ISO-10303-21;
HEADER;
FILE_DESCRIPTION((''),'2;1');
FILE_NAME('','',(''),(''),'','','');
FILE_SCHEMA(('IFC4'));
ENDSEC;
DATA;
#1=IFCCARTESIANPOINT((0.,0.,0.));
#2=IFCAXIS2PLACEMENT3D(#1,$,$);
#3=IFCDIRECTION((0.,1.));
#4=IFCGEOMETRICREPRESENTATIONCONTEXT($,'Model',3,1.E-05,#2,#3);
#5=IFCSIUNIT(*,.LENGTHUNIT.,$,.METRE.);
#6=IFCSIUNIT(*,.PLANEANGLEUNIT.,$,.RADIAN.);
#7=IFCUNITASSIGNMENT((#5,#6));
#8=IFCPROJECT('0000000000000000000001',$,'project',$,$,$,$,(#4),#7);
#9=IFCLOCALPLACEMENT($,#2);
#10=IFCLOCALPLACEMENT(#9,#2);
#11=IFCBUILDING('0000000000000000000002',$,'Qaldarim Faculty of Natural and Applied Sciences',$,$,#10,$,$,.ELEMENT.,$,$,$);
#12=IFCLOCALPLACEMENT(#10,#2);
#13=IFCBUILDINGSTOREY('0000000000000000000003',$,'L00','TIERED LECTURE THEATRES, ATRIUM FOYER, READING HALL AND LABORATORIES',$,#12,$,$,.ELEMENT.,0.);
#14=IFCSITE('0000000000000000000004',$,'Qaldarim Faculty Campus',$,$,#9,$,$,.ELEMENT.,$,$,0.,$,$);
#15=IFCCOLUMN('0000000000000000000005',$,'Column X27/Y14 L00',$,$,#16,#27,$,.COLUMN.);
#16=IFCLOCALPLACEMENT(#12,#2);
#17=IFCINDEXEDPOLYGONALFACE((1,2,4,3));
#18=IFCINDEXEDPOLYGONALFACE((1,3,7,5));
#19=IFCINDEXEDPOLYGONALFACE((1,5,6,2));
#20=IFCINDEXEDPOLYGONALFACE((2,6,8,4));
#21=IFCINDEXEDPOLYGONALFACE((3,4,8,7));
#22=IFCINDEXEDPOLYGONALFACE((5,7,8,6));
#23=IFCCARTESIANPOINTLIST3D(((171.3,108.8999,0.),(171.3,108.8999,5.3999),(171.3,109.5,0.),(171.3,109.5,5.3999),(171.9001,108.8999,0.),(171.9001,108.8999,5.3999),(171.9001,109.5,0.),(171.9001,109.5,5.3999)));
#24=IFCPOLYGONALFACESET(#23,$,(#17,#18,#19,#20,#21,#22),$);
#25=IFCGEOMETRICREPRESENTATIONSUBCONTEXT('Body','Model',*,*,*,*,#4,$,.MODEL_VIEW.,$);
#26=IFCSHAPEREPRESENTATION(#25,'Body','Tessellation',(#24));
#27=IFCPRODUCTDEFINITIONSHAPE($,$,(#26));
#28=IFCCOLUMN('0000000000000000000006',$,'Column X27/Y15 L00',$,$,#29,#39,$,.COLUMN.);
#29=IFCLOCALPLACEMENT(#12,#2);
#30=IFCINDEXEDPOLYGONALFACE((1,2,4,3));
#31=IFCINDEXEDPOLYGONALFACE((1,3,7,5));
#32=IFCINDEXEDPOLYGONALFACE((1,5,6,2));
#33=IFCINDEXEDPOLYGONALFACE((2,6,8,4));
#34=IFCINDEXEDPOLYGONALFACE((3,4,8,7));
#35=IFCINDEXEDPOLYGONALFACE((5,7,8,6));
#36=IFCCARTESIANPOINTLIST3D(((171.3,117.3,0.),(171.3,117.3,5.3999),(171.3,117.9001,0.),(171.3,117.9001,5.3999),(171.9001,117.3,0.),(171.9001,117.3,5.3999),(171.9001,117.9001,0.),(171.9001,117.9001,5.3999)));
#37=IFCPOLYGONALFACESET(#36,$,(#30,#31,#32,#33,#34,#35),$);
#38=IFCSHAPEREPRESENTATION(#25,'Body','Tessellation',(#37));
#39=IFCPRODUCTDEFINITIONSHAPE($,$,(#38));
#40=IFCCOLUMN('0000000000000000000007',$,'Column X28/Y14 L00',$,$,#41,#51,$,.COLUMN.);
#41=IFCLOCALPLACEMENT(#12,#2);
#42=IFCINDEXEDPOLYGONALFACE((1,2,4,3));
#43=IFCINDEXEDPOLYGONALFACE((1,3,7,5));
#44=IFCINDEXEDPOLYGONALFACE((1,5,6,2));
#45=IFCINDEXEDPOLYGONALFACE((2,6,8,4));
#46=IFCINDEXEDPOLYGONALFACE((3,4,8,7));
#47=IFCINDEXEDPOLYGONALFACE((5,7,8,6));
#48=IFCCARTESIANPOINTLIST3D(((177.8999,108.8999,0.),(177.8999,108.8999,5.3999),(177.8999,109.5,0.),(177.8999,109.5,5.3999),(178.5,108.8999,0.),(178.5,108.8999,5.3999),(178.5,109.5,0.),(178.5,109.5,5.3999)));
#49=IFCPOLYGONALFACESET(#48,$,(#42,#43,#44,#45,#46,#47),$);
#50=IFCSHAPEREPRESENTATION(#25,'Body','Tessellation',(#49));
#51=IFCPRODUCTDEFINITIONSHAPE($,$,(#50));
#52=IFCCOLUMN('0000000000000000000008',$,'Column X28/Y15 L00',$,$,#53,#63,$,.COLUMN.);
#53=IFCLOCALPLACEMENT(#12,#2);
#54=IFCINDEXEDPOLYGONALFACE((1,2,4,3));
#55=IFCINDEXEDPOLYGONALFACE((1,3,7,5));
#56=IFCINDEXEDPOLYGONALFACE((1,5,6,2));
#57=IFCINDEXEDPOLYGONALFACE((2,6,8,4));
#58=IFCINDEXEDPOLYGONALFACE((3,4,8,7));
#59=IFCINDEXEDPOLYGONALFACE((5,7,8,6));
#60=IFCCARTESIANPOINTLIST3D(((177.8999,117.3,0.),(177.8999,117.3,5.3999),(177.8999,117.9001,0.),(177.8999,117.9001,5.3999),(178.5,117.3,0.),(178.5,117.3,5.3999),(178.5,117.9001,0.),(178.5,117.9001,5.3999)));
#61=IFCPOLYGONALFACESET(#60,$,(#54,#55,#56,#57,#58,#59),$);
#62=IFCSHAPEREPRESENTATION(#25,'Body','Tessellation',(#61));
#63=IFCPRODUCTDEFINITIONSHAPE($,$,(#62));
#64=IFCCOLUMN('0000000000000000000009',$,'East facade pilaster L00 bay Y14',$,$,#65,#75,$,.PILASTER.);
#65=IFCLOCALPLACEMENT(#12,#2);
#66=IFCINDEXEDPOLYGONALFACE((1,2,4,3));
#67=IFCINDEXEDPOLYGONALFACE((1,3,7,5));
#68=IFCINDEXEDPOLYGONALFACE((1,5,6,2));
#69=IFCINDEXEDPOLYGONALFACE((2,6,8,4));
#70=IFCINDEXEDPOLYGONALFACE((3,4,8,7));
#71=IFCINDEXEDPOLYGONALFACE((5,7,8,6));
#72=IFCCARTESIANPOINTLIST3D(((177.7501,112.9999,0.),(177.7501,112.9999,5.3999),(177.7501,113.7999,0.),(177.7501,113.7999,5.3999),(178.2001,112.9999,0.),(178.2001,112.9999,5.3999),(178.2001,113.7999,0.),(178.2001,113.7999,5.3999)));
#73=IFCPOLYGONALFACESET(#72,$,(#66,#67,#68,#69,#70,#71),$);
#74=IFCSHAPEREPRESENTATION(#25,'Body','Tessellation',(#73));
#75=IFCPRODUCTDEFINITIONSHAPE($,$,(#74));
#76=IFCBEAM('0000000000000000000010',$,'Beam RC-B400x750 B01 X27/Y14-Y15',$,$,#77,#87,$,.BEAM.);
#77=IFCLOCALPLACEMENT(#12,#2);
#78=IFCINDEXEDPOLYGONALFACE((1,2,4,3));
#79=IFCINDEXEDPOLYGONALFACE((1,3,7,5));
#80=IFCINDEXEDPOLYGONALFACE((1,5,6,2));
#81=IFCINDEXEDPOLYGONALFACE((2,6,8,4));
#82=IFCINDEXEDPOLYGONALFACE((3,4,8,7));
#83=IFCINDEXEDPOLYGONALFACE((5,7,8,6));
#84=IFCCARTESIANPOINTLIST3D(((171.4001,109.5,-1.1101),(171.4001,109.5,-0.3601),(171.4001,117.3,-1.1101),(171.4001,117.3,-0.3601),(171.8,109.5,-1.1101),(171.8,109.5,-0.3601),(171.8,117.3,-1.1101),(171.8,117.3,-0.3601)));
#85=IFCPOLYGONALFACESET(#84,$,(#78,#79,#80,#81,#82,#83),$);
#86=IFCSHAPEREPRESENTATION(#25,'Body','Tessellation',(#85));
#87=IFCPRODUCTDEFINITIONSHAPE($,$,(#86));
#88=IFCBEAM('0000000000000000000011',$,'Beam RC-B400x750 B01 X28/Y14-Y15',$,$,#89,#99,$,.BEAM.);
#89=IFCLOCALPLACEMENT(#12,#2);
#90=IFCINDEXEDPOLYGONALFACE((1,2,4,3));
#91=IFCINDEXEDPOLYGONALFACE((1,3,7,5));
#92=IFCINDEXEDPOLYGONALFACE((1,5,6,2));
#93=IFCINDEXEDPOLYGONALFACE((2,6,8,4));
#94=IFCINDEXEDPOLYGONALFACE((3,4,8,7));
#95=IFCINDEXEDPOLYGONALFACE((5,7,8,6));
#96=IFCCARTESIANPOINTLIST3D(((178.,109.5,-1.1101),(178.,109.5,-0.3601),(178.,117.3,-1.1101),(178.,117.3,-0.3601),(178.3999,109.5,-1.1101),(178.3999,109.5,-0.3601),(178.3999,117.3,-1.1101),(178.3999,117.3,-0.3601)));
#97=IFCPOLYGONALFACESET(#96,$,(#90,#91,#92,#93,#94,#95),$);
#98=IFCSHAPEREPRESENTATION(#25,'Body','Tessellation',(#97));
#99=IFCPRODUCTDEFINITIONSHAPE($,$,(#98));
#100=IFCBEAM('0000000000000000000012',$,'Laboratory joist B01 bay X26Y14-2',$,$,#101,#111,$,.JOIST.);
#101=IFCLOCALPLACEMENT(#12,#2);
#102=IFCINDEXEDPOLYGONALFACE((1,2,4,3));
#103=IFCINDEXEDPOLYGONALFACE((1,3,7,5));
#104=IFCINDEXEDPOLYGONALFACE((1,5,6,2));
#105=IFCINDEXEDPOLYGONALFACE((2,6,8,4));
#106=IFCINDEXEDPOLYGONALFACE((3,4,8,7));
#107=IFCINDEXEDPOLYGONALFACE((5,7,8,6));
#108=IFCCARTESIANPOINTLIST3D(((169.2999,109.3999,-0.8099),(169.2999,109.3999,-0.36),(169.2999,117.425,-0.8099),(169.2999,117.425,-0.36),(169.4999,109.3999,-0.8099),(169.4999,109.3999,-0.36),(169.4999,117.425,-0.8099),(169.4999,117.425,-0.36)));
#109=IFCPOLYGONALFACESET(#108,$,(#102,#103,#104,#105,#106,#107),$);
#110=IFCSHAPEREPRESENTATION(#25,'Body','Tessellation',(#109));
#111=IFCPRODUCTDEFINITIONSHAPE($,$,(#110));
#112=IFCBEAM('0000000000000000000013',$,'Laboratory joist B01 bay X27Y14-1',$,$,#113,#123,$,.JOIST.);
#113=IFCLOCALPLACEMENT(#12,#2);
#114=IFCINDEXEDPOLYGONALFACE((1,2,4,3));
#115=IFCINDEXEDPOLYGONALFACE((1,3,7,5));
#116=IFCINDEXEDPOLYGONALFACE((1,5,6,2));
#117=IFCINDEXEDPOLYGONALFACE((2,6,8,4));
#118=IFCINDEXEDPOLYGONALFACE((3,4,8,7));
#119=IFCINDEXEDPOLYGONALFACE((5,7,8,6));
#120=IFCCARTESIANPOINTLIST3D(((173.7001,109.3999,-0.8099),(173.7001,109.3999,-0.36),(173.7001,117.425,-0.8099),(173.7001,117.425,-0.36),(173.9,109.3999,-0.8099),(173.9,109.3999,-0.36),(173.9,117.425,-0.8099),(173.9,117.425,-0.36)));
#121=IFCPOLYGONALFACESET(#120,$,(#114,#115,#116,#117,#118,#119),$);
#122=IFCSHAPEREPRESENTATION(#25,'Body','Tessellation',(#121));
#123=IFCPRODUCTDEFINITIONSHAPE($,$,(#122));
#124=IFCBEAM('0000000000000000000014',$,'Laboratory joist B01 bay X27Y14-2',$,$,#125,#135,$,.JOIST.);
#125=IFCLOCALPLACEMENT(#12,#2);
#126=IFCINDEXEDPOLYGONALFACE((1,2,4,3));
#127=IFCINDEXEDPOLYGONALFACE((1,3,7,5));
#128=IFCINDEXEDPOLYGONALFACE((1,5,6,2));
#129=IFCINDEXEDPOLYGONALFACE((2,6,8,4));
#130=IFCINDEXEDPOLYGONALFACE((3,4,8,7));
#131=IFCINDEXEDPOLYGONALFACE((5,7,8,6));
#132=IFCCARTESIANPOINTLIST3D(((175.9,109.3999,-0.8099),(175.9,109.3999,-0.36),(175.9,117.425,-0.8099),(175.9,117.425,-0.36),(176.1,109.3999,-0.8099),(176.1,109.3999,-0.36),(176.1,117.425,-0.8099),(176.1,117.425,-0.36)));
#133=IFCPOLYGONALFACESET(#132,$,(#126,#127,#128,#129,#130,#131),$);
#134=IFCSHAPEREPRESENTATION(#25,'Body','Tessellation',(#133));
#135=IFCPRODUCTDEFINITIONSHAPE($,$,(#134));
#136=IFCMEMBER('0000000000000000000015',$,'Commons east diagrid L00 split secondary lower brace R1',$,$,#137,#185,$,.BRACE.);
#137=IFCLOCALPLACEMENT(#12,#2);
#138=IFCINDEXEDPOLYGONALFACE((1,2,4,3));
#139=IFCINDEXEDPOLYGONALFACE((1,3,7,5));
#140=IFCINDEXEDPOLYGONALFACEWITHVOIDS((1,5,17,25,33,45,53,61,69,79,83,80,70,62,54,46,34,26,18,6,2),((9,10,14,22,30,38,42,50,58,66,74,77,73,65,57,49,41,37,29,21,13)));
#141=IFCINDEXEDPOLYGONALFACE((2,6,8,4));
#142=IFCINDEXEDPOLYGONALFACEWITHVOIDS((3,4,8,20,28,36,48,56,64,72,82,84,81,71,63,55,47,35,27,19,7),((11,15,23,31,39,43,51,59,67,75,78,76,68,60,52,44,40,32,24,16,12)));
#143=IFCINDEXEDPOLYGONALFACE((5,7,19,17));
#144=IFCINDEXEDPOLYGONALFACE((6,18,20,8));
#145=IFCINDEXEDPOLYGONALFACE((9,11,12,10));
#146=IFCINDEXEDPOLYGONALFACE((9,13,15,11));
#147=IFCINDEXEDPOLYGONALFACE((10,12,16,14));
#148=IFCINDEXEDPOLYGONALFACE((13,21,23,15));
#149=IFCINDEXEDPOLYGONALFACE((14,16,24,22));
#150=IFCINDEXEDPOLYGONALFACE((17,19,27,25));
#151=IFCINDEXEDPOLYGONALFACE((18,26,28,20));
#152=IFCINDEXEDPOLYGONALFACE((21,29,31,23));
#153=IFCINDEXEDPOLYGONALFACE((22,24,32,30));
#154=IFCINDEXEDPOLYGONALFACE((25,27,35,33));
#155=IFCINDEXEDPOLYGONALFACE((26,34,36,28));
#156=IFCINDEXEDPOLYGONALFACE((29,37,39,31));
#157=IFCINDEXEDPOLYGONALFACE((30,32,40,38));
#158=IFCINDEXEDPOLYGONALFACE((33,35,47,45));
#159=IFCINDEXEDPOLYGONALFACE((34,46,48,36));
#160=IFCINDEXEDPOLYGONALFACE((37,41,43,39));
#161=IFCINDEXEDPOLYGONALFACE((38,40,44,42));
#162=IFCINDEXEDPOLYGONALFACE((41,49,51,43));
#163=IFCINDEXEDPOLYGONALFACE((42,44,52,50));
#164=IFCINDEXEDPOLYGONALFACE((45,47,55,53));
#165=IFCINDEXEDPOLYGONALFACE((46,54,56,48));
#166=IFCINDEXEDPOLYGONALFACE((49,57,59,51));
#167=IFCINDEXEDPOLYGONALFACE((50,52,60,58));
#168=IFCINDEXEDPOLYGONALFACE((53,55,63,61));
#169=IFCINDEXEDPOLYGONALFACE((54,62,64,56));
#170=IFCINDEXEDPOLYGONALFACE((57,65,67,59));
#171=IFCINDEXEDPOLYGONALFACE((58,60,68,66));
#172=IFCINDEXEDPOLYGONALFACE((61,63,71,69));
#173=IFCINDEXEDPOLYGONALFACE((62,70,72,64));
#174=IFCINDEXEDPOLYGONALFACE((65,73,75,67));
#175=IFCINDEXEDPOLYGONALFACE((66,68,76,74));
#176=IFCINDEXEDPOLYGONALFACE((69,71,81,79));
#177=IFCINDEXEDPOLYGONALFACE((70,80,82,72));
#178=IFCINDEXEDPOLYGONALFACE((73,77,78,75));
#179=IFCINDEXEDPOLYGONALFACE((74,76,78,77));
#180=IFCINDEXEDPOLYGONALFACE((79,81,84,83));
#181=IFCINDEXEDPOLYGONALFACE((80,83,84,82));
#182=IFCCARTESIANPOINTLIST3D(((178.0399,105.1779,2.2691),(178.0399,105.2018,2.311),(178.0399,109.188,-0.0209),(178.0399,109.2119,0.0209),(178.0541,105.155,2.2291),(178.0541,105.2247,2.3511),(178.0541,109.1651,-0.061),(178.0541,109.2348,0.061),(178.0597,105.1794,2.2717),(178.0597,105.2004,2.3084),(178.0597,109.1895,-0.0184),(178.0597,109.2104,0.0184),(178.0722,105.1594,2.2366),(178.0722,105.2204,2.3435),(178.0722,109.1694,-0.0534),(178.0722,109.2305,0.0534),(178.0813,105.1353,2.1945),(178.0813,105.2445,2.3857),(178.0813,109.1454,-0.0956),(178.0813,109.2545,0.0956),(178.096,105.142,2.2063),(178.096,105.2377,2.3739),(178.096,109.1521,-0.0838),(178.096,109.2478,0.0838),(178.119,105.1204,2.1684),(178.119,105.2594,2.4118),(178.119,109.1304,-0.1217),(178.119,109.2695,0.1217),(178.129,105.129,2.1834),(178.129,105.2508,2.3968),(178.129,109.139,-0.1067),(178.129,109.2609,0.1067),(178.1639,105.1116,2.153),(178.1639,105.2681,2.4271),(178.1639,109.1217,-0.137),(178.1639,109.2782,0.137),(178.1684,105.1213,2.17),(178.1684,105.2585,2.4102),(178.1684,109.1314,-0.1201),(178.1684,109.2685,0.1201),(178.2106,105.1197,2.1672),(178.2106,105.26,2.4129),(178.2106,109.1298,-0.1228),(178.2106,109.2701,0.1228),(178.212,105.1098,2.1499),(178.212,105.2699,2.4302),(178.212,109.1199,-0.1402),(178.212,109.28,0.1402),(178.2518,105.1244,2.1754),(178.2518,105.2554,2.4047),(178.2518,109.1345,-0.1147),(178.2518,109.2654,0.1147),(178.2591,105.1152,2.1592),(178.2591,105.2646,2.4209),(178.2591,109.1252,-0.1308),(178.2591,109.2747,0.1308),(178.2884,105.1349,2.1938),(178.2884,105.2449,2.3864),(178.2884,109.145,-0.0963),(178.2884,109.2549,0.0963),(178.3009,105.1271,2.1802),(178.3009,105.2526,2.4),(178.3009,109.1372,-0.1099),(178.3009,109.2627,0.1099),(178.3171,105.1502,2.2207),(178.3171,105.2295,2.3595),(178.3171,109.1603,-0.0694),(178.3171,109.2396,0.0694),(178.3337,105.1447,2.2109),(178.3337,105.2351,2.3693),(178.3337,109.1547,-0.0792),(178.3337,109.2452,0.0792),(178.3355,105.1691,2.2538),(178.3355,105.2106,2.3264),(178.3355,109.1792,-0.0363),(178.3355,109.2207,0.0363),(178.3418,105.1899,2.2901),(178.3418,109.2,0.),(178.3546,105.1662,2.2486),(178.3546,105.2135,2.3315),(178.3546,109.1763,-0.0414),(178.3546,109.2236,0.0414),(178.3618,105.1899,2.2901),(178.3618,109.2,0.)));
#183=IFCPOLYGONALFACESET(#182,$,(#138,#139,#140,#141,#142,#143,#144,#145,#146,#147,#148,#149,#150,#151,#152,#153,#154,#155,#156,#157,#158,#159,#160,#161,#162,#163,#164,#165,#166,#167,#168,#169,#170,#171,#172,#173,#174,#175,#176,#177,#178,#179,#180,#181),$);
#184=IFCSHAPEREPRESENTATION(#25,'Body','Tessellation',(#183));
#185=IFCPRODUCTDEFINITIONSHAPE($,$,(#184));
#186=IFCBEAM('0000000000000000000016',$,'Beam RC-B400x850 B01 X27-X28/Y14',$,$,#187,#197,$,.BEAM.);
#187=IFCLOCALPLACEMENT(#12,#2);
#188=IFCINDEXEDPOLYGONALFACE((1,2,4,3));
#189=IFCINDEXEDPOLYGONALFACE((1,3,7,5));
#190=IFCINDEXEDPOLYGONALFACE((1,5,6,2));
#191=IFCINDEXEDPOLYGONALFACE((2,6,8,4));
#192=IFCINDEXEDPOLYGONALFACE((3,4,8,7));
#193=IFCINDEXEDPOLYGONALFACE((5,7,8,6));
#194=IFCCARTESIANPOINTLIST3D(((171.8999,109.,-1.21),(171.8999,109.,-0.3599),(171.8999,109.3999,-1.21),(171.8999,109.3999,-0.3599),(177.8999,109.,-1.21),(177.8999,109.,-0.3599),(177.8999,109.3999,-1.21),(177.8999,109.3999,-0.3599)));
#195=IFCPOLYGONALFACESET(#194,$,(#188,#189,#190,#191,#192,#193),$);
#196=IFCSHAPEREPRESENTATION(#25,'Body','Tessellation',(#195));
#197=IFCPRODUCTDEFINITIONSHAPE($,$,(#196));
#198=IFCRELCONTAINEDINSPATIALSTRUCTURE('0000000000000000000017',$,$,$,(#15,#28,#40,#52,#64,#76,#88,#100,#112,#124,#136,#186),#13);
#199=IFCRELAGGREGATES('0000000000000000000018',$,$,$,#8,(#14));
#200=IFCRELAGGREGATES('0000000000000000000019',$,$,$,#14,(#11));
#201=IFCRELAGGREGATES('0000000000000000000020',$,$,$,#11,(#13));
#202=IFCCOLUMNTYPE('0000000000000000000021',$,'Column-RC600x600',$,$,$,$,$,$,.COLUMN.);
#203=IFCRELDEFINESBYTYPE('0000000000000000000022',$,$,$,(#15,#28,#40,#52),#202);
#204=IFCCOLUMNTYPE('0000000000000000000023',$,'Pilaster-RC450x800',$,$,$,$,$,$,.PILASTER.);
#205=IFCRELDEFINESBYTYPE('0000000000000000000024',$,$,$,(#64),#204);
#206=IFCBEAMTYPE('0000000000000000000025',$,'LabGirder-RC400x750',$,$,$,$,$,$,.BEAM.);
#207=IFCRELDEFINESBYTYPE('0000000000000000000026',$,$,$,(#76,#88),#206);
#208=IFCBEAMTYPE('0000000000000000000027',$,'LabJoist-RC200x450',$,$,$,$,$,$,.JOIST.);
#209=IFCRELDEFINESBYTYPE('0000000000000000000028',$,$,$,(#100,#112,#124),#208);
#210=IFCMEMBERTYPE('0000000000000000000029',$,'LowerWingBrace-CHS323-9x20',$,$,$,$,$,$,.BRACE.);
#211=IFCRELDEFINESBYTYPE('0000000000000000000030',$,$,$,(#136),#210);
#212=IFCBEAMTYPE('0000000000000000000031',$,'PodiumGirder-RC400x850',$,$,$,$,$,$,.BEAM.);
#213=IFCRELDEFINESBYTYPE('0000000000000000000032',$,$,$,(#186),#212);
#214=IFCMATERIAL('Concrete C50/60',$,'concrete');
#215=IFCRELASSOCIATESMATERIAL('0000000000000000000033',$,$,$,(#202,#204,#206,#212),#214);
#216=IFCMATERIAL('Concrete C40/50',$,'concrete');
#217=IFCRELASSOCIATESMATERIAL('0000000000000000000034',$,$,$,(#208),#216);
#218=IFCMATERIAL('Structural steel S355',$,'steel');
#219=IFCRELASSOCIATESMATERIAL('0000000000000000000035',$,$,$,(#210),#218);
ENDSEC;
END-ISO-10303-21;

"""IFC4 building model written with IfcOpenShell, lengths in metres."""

from ifc_helpers import new_model, si_unit, direction, frame, origin, origin_2d, place, context, subcontext, project, spatial, rectangle, hollow_circle, extrude, material, material_profile, profile_set, type_object, element, save


model = new_model("IFC4")

# Units and contexts
model_context = context("Model", 3, precision=1e-05, world=origin(), true_north=direction((0.0, 1.0)))
body_context = subcontext(model_context, "Body", "Model", "MODEL_VIEW")
ifc_project = project(units=[si_unit("LENGTHUNIT", "METRE"), si_unit("PLANEANGLEUNIT", "RADIAN")], contexts=[model_context])

# Site, building, storey
site_placement = place(None, origin())
site = spatial("IfcSite", under=ifc_project, at=site_placement, Name="Qaldarim Faculty Campus", CompositionType="ELEMENT", RefElevation=0.0)
building_placement = place(site_placement, origin())
building = spatial("IfcBuilding", under=site, at=building_placement, Name="Qaldarim Faculty of Natural and Applied Sciences", CompositionType="ELEMENT")
storey_placement = place(building_placement, origin())
storey = spatial("IfcBuildingStorey", under=building, at=storey_placement, Name="L00", Description="TIERED LECTURE THEATRES, ATRIUM FOYER, READING HALL AND LABORATORIES", CompositionType="ELEMENT", Elevation=0.0)

# Columns
ifc_material_1 = material(Name="Concrete C50/60", Category="concrete")
ifc_material_profile_1 = material_profile(ifc_material_1, rectangle(XDim=0.6001, YDim=0.6001, at=origin_2d()), Name="RC-C600x600")
ifc_profile_set_1 = profile_set([ifc_material_profile_1], Name="Concrete C50/60")
column_type_1 = type_object("IfcColumnType", Name="Column-RC600x600", PredefinedType="COLUMN", material=ifc_profile_set_1)
for number, where, z_axis, x_axis, name in (
    (1, (171.6001, 109.2, 0.0), (0.0, 0.0, 1.0), (1.0, 0.0, 0.0), "Column X27/Y14 L00"),
    (2, (171.6001, 117.6001, 0.0), (0.0, 0.0, 1.0), (1.0, 0.0, 0.0), "Column X27/Y15 L00"),
    (3, (178.2, 109.2, 0.0), (0.0, 0.0, 1.0), (1.0, 0.0, 0.0), "Column X28/Y14 L00"),
    (4, (178.2, 117.6001, 0.0), (0.0, 0.0, 1.0), (1.0, 0.0, 0.0), "Column X28/Y15 L00"),
):
    element("IfcColumn", number, at=place(storey_placement, frame(where, z_axis=z_axis, x_axis=x_axis)), inside=storey, type_object=column_type_1, Name=name, PredefinedType="COLUMN", context=body_context, shape_type="SweptSolid", body=[
        extrude(rectangle(XDim=0.6001, YDim=0.6001, at=origin_2d()), origin(), (0.0, 0.0, 1.0), 5.3999),
    ])
ifc_material_profile_2 = material_profile(ifc_material_1, rectangle(XDim=0.45, YDim=0.8, at=origin_2d()), Name="RC-C450x800")
ifc_profile_set_2 = profile_set([ifc_material_profile_2], Name="Concrete C50/60")
column_type_2 = type_object("IfcColumnType", Name="Pilaster-RC450x800", PredefinedType="PILASTER", material=ifc_profile_set_2)
column_placement = place(storey_placement, frame((177.9751, 113.3999, 0.0), z_axis=(0.0, 0.0, 1.0), x_axis=(1.0, 0.0, 0.0)))
element("IfcColumn", 5, at=column_placement, inside=storey, type_object=column_type_2, Name="East facade pilaster L00 bay Y14", PredefinedType="PILASTER", context=body_context, shape_type="SweptSolid", body=[
    extrude(rectangle(XDim=0.45, YDim=0.8, at=origin_2d()), origin(), (0.0, 0.0, 1.0), 5.3999),
])

# Beams
ifc_material_profile_3 = material_profile(ifc_material_1, rectangle(XDim=0.3999, YDim=0.75, at=origin_2d()), Name="RC-B400x750")
ifc_profile_set_3 = profile_set([ifc_material_profile_3], Name="Concrete C50/60")
beam_type_1 = type_object("IfcBeamType", Name="LabGirder-RC400x750", PredefinedType="BEAM", material=ifc_profile_set_3)
for number, where, z_axis, x_axis, name in (
    (6, (171.6001, 109.5, -0.7351), (0.0, 1.0, 0.0), (-1.0, 0.0, 0.0), "Beam RC-B400x750 B01 X27/Y14-Y15"),
    (7, (178.2, 109.5, -0.7351), (0.0, 1.0, 0.0), (-1.0, 0.0, 0.0), "Beam RC-B400x750 B01 X28/Y14-Y15"),
):
    element("IfcBeam", number, at=place(storey_placement, frame(where, z_axis=z_axis, x_axis=x_axis)), inside=storey, type_object=beam_type_1, Name=name, PredefinedType="BEAM", context=body_context, shape_type="SweptSolid", body=[
        extrude(rectangle(XDim=0.3999, YDim=0.75, at=origin_2d()), origin(), (0.0, 0.0, 1.0), 7.8),
    ])
ifc_material_2 = material(Name="Concrete C40/50", Category="concrete")
ifc_material_profile_4 = material_profile(ifc_material_2, rectangle(XDim=0.2, YDim=0.45, at=origin_2d()), Name="RC-J200x450")
ifc_profile_set_4 = profile_set([ifc_material_profile_4], Name="Concrete C40/50")
beam_type_2 = type_object("IfcBeamType", Name="LabJoist-RC200x450", PredefinedType="JOIST", material=ifc_profile_set_4)
for number, where, z_axis, x_axis, name in (
    (8, (169.3999, 109.3999, -0.585), (0.0, 1.0, 0.0), (-1.0, 0.0, 0.0), "Laboratory joist B01 bay X26Y14-2"),
    (9, (173.8, 109.3999, -0.585), (0.0, 1.0, 0.0), (-1.0, 0.0, 0.0), "Laboratory joist B01 bay X27Y14-1"),
    (10, (176.0, 109.3999, -0.585), (0.0, 1.0, 0.0), (-1.0, 0.0, 0.0), "Laboratory joist B01 bay X27Y14-2"),
):
    element("IfcBeam", number, at=place(storey_placement, frame(where, z_axis=z_axis, x_axis=x_axis)), inside=storey, type_object=beam_type_2, Name=name, PredefinedType="JOIST", context=body_context, shape_type="SweptSolid", body=[
        extrude(rectangle(XDim=0.2, YDim=0.45, at=origin_2d()), origin(), (0.0, 0.0, 1.0), 8.0251),
    ])

# Member
ifc_material_3 = material(Name="Structural steel S355", Category="steel")
ifc_material_profile_5 = material_profile(ifc_material_3, hollow_circle(Radius=0.1619, WallThickness=0.02, at=origin_2d()), Name="CHS 323.9x20.0")
ifc_profile_set_5 = profile_set([ifc_material_profile_5], Name="Structural steel S355")
member_type = type_object("IfcMemberType", Name="LowerWingBrace-CHS323-9x20", PredefinedType="BRACE", material=ifc_profile_set_5)
member_placement = place(storey_placement, frame((178.2, 109.2, 0.0), z_axis=(0.0, -0.868373, 0.495911), x_axis=(1.0, 0.0, 0.0)))
element("IfcMember", 11, at=member_placement, inside=storey, type_object=member_type, Name="Commons east diagrid L00 split secondary lower brace R1", PredefinedType="BRACE", context=body_context, shape_type="SweptSolid", body=[
    extrude(hollow_circle(Radius=0.1619, WallThickness=0.02, at=origin_2d()), origin(), (0.0, 0.0, 1.0), 4.6179),
])

# Beam
ifc_material_profile_6 = material_profile(ifc_material_1, rectangle(XDim=0.3999, YDim=0.8501, at=origin_2d()), Name="RC-B400x850")
ifc_profile_set_6 = profile_set([ifc_material_profile_6], Name="Concrete C50/60")
beam_type_3 = type_object("IfcBeamType", Name="PodiumGirder-RC400x850", PredefinedType="BEAM", material=ifc_profile_set_6)
beam_1_placement = place(storey_placement, frame((171.8999, 109.2, -0.7849), z_axis=(1.0, 0.0, 0.0), x_axis=(0.0, 1.0, 0.0)))
element("IfcBeam", 12, at=beam_1_placement, inside=storey, type_object=beam_type_3, Name="Beam RC-B400x850 B01 X27-X28/Y14", PredefinedType="BEAM", context=body_context, shape_type="SweptSolid", body=[
    extrude(rectangle(XDim=0.3999, YDim=0.8501, at=origin_2d()), origin(), (0.0, 0.0, 1.0), 6.0),
])

save(model, "model.ifc")
